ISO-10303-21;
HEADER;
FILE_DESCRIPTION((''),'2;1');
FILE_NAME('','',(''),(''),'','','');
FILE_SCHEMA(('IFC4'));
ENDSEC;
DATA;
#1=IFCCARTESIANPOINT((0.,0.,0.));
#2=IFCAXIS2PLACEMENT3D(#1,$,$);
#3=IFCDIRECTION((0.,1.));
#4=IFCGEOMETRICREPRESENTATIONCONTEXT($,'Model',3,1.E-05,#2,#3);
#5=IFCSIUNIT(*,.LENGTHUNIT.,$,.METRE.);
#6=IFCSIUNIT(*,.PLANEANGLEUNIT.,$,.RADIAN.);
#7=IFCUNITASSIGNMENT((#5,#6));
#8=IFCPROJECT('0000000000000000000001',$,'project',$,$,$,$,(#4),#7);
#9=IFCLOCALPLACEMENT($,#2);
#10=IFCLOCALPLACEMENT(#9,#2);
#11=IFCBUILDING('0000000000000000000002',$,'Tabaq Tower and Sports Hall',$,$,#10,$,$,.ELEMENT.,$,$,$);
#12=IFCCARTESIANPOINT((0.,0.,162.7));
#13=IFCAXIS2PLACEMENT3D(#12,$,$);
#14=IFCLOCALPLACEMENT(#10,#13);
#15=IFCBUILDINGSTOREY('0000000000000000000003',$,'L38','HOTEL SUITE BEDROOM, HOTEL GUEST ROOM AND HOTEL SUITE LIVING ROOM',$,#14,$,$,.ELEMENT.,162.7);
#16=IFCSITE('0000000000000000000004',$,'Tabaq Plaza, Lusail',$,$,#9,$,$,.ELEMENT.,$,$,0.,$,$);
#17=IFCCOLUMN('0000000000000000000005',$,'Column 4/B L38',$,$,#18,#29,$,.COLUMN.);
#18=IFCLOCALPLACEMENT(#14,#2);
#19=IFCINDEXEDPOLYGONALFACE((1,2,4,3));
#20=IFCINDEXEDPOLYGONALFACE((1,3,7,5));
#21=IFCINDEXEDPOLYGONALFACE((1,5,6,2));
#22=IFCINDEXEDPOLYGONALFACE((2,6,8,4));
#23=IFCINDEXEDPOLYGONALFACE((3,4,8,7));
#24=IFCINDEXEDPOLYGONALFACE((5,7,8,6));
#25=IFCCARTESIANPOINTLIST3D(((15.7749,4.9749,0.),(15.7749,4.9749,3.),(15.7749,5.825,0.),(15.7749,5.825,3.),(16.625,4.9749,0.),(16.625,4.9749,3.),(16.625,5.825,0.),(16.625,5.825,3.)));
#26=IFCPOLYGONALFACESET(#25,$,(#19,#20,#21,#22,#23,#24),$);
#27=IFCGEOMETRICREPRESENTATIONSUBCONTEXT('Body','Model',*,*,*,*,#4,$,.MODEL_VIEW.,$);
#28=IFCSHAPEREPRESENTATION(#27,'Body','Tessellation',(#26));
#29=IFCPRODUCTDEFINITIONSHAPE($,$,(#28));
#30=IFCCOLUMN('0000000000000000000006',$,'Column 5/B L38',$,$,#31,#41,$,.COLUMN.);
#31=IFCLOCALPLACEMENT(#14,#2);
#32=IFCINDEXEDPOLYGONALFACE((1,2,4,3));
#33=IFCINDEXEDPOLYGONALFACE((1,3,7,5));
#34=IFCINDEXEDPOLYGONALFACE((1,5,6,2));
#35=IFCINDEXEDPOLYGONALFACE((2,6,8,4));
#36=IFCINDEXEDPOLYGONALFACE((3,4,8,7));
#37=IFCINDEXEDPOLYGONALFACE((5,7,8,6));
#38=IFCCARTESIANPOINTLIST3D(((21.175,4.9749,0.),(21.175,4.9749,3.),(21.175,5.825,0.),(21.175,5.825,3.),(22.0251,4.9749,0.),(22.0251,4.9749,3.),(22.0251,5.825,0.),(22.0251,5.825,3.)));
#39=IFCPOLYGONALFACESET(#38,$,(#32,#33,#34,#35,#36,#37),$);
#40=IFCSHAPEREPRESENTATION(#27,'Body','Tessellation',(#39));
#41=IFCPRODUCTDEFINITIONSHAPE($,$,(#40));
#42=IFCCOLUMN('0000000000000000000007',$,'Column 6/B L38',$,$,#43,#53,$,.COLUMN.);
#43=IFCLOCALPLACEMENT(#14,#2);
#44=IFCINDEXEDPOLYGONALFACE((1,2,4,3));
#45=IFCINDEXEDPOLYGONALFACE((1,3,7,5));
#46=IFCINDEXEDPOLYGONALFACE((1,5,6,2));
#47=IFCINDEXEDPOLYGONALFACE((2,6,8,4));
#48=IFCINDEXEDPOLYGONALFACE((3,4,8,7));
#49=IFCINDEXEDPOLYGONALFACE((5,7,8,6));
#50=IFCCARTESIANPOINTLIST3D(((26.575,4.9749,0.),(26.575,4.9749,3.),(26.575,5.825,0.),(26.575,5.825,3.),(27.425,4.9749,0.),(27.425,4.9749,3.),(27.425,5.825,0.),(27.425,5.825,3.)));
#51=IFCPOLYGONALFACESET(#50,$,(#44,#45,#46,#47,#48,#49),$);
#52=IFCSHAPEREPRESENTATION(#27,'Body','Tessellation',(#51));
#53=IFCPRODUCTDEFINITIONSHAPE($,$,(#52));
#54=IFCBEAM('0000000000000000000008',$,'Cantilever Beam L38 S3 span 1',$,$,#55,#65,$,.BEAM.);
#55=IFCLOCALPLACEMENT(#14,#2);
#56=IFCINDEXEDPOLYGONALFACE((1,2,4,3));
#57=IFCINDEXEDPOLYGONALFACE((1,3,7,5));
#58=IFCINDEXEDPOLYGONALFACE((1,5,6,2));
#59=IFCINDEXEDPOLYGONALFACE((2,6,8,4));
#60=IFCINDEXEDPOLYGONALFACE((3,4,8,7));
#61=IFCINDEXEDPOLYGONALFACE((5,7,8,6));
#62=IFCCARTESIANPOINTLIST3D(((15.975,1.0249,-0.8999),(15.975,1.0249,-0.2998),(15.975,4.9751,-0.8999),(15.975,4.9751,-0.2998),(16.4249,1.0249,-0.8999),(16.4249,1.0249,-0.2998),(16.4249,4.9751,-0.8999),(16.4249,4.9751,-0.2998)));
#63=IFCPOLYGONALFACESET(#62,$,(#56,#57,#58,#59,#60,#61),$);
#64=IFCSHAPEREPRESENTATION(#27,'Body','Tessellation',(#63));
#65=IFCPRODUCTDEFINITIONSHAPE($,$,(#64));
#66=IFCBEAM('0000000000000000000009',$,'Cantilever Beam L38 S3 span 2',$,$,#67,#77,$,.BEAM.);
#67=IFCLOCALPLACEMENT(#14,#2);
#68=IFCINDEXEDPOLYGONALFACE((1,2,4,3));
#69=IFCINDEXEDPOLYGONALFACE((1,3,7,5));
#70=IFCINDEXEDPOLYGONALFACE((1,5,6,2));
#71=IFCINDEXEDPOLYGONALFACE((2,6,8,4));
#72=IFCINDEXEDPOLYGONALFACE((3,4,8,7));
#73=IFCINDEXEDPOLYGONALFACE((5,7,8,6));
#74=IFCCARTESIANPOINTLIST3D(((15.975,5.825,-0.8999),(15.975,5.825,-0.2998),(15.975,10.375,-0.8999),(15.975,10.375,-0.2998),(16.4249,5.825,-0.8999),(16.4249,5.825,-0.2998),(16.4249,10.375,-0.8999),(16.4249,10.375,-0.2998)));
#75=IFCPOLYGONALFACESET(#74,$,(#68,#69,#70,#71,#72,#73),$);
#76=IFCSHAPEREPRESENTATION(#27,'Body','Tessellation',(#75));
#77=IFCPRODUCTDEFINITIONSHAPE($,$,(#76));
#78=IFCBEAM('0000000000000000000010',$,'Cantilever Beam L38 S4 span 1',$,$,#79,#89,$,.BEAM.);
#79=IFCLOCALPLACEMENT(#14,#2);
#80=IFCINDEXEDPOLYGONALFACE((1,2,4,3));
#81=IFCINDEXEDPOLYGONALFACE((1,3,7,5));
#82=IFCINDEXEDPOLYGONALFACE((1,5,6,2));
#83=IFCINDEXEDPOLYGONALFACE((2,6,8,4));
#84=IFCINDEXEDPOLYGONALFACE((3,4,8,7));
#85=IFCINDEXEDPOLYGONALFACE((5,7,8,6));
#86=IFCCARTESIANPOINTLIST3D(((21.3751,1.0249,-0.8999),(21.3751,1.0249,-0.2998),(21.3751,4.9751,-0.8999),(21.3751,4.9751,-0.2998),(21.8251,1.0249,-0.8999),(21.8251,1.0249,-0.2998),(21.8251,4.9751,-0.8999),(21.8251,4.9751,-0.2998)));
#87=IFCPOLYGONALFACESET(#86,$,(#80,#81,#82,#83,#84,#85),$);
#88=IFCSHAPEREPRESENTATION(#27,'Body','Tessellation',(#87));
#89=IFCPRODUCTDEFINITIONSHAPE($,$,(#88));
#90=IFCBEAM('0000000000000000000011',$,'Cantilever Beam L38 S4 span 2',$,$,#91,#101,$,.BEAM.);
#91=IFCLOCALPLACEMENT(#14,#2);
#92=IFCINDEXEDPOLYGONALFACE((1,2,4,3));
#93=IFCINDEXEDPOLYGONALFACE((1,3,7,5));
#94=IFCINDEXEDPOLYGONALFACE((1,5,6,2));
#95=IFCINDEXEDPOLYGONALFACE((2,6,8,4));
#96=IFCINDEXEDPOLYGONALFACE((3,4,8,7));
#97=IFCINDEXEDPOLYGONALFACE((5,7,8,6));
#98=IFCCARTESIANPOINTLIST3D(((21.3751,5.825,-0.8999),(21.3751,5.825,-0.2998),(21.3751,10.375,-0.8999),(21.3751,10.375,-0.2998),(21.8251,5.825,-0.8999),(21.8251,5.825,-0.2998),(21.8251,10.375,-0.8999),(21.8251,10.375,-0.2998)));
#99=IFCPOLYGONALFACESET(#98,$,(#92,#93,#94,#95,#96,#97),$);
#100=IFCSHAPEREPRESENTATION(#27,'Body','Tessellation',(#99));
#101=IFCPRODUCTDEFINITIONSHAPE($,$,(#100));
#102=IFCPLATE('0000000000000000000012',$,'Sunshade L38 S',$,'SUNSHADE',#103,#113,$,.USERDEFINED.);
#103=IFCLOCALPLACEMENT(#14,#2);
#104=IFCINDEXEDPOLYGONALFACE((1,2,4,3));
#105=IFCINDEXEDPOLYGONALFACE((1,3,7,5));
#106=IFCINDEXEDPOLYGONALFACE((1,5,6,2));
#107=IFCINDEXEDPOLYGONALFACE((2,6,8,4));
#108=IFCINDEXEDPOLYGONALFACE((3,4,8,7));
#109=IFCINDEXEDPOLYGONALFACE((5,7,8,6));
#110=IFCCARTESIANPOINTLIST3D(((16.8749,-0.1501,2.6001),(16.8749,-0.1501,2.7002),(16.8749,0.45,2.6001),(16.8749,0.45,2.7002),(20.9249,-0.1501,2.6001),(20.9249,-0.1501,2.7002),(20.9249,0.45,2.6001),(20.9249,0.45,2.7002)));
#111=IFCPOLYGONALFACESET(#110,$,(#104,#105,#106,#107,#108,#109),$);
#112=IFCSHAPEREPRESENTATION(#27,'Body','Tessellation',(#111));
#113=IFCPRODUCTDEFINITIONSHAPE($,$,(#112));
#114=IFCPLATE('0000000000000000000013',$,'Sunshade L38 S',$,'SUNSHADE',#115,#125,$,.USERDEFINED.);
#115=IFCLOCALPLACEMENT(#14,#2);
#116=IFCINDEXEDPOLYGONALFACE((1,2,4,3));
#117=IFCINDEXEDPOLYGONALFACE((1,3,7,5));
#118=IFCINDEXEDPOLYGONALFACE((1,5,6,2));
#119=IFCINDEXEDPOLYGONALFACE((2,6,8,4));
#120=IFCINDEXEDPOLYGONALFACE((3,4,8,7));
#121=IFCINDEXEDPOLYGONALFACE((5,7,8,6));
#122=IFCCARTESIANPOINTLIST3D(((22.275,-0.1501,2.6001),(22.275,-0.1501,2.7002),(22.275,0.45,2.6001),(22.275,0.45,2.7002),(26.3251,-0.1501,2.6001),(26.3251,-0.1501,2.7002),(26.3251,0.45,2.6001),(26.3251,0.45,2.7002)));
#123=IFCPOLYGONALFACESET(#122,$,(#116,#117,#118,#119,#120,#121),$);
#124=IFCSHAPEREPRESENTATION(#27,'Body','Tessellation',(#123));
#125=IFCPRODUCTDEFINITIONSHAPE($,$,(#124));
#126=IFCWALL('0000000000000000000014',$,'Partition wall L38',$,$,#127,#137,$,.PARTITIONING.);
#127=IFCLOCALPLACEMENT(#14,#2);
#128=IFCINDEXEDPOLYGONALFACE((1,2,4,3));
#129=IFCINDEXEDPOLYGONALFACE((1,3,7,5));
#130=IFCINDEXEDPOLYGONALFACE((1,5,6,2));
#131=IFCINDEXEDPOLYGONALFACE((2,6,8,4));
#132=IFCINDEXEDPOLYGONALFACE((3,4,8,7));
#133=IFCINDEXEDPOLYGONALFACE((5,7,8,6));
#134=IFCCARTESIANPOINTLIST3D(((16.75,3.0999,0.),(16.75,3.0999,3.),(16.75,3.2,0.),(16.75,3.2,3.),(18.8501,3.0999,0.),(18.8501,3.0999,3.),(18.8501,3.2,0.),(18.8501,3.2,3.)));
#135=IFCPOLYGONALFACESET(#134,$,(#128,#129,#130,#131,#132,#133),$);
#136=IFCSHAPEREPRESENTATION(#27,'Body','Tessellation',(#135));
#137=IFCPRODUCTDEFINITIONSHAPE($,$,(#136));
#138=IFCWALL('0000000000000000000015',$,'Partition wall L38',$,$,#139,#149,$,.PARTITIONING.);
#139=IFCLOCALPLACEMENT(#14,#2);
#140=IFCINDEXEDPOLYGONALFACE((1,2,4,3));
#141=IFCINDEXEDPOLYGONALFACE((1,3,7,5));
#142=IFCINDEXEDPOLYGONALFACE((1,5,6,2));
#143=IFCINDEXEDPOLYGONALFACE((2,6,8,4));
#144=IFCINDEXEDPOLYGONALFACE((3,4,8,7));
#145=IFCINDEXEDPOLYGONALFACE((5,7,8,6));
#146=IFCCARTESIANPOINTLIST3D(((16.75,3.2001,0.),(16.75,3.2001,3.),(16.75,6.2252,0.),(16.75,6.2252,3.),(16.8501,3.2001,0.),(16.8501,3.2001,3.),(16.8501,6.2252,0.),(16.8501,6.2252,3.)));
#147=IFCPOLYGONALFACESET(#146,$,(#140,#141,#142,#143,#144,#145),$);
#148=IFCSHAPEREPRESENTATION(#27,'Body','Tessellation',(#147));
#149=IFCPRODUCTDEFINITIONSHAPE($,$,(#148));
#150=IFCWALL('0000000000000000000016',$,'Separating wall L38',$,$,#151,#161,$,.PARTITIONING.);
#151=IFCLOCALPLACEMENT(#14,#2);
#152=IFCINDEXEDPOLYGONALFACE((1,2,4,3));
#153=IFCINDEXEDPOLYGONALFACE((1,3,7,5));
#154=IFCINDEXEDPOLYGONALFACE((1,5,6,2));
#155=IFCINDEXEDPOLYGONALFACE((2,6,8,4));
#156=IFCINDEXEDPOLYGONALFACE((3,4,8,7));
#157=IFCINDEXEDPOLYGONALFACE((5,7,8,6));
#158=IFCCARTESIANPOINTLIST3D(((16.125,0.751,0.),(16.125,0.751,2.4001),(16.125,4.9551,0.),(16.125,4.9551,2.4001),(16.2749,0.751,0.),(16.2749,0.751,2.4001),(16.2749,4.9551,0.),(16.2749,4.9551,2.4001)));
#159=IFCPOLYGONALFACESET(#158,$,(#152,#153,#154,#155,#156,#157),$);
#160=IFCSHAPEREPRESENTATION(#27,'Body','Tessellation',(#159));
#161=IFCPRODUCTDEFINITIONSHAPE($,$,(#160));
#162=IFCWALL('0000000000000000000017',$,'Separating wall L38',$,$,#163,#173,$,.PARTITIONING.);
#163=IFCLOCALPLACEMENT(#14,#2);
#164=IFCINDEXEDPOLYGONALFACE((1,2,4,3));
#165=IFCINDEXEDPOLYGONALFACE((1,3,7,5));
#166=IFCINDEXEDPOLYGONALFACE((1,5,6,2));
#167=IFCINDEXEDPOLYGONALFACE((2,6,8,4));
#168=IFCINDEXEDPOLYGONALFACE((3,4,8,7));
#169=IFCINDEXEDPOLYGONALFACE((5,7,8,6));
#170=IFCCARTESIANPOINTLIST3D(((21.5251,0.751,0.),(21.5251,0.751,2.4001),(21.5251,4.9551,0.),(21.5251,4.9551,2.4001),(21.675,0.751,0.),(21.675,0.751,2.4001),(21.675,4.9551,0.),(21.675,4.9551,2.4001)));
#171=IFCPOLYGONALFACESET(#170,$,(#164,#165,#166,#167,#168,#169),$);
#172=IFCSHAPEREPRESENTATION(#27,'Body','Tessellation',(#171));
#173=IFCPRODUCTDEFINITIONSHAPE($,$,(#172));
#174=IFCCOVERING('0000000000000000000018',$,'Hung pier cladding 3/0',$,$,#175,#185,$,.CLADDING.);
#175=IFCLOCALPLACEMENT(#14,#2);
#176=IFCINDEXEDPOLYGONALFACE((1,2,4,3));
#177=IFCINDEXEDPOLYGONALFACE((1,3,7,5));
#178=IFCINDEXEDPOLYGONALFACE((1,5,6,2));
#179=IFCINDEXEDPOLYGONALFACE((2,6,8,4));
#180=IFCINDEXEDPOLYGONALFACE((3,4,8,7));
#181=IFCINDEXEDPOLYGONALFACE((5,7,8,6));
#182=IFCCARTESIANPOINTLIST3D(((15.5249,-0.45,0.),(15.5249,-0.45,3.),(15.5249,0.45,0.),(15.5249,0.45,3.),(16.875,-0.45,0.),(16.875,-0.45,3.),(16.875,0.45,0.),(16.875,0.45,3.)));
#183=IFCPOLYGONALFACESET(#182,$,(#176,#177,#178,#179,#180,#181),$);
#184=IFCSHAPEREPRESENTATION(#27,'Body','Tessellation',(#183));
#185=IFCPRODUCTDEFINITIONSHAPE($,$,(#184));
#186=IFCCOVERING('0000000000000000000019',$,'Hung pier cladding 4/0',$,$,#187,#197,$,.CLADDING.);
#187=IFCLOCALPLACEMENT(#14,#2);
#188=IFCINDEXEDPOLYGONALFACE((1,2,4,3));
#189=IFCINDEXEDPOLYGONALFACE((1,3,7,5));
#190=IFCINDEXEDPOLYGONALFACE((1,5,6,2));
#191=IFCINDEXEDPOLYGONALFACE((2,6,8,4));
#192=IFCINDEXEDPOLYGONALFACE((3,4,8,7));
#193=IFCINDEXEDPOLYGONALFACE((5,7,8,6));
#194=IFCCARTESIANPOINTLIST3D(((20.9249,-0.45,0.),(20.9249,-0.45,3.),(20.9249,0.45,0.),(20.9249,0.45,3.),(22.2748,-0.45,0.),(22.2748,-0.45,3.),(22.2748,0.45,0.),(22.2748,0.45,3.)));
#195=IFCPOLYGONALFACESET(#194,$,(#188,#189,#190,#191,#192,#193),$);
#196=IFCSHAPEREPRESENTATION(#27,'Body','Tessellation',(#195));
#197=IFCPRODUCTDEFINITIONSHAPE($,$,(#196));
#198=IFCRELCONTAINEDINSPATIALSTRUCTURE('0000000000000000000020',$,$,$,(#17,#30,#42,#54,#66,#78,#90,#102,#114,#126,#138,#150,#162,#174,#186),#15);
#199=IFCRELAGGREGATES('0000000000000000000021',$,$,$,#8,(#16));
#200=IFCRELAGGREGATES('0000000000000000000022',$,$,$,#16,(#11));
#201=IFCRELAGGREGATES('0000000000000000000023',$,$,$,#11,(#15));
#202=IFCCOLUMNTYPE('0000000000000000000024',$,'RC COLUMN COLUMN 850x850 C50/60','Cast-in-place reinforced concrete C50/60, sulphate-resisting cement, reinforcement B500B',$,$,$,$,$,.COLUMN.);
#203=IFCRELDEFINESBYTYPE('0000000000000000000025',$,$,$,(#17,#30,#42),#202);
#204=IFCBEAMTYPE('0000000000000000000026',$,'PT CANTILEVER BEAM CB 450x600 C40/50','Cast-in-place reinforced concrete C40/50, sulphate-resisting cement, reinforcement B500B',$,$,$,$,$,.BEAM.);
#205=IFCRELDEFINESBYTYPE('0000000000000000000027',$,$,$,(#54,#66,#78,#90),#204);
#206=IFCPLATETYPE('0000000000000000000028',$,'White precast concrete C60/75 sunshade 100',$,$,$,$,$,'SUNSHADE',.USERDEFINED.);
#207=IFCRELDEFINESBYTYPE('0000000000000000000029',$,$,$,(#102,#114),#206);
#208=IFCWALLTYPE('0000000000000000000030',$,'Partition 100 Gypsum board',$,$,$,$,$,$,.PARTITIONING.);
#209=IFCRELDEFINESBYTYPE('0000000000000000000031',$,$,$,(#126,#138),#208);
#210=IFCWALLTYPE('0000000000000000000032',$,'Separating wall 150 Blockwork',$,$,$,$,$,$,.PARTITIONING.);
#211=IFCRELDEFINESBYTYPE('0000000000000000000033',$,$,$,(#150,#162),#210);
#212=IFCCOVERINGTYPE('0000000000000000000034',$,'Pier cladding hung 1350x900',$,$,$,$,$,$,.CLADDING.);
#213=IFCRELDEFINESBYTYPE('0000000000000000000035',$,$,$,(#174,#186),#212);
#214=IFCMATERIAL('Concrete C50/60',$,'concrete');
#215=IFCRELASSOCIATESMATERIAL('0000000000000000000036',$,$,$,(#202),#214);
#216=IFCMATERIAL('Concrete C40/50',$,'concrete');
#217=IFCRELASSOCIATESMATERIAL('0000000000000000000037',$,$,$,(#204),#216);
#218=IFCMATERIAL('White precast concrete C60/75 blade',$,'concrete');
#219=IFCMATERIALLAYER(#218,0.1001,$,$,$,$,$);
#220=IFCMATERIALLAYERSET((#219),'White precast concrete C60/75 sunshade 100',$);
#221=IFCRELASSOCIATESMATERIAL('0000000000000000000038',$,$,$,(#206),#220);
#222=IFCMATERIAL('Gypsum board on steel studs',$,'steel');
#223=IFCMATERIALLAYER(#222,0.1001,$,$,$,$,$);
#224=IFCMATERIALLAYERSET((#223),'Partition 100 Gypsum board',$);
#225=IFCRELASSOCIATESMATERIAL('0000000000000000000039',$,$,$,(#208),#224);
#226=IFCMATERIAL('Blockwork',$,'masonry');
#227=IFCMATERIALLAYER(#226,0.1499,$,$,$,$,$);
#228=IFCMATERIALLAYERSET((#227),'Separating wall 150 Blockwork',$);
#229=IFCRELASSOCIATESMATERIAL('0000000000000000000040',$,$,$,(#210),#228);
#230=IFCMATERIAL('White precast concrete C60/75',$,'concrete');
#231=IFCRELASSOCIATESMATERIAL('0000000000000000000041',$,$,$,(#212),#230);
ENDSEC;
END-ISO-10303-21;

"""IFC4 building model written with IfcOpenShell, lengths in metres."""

from ifc_helpers import new_model, si_unit, direction, frame, frame_2d, origin, origin_2d, place, context, subcontext, project, spatial, rectangle, extrude, material, layer, layer_set, material_profile, profile_set, type_object, element, save


model = new_model("IFC4")

# Units and contexts
model_context = context("Model", 3, precision=1e-05, world=origin(), true_north=direction((0.0, 1.0)))
body_context = subcontext(model_context, "Body", "Model", "MODEL_VIEW")
ifc_project = project(units=[si_unit("LENGTHUNIT", "METRE"), si_unit("PLANEANGLEUNIT", "RADIAN")], contexts=[model_context])

# Site, building, storey
site_placement = place(None, origin())
site = spatial("IfcSite", under=ifc_project, at=site_placement, Name="Tabaq Plaza, Lusail", CompositionType="ELEMENT", RefElevation=0.0)
building_placement = place(site_placement, origin())
building = spatial("IfcBuilding", under=site, at=building_placement, Name="Tabaq Tower and Sports Hall", CompositionType="ELEMENT")
storey_placement = place(building_placement, frame((0.0, 0.0, 162.7)))
storey = spatial("IfcBuildingStorey", under=building, at=storey_placement, Name="L38", Description="HOTEL SUITE BEDROOM, HOTEL GUEST ROOM AND HOTEL SUITE LIVING ROOM", CompositionType="ELEMENT", Elevation=162.7)

# Columns
ifc_material_1 = material(Name="Concrete C50/60", Category="concrete")
ifc_material_profile_1 = material_profile(ifc_material_1, rectangle(XDim=0.8501, YDim=0.8501, at=origin_2d()), Name="COLUMN 850x850")
ifc_profile_set_1 = profile_set([ifc_material_profile_1], Name="Concrete C50/60")
column_type = type_object("IfcColumnType", Name="RC COLUMN COLUMN 850x850 C50/60", Description="Cast-in-place reinforced concrete C50/60, sulphate-resisting cement, reinforcement B500B", PredefinedType="COLUMN", material=ifc_profile_set_1)
for number, where, z_axis, x_axis, name in (
    (1, (16.2, 5.3999, 0.0), (0.0, 0.0, 1.0), (1.0, 0.0, 0.0), "Column 4/B L38"),
    (2, (21.6001, 5.3999, 0.0), (0.0, 0.0, 1.0), (1.0, 0.0, 0.0), "Column 5/B L38"),
    (3, (27.0, 5.3999, 0.0), (0.0, 0.0, 1.0), (1.0, 0.0, 0.0), "Column 6/B L38"),
):
    element("IfcColumn", number, at=place(storey_placement, frame(where, z_axis=z_axis, x_axis=x_axis)), inside=storey, type_object=column_type, Name=name, PredefinedType="COLUMN", context=body_context, shape_type="SweptSolid", body=[
        extrude(rectangle(XDim=0.8501, YDim=0.8501, at=origin_2d()), origin(), (0.0, 0.0, 1.0), 3.0),
    ])

# Beams
ifc_material_2 = material(Name="Concrete C40/50", Category="concrete")
ifc_material_profile_2 = material_profile(ifc_material_2, rectangle(XDim=0.45, YDim=0.6001, at=origin_2d()), Name="CB 450x600")
ifc_profile_set_2 = profile_set([ifc_material_profile_2], Name="Concrete C40/50")
beam_type = type_object("IfcBeamType", Name="PT CANTILEVER BEAM CB 450x600 C40/50", Description="Cast-in-place reinforced concrete C40/50, sulphate-resisting cement, reinforcement B500B", PredefinedType="BEAM", material=ifc_profile_set_2)
beam_1_placement = place(storey_placement, frame((16.2, 1.0249, -0.5999), z_axis=(0.0, 1.0, 0.0), x_axis=(-1.0, 0.0, 0.0)))
element("IfcBeam", 4, at=beam_1_placement, inside=storey, type_object=beam_type, Name="Cantilever Beam L38 S3 span 1", PredefinedType="BEAM", context=body_context, shape_type="SweptSolid", body=[
    extrude(rectangle(XDim=0.45, YDim=0.6001, at=origin_2d()), origin(), (0.0, 0.0, 1.0), 3.9502),
])
beam_2_placement = place(storey_placement, frame((16.2, 5.825, -0.5999), z_axis=(0.0, 1.0, 0.0), x_axis=(-1.0, 0.0, 0.0)))
element("IfcBeam", 5, at=beam_2_placement, inside=storey, type_object=beam_type, Name="Cantilever Beam L38 S3 span 2", PredefinedType="BEAM", context=body_context, shape_type="SweptSolid", body=[
    extrude(rectangle(XDim=0.45, YDim=0.6001, at=origin_2d()), origin(), (0.0, 0.0, 1.0), 4.55),
])
beam_3_placement = place(storey_placement, frame((21.6001, 1.0249, -0.5999), z_axis=(0.0, 1.0, 0.0), x_axis=(-1.0, 0.0, 0.0)))
element("IfcBeam", 6, at=beam_3_placement, inside=storey, type_object=beam_type, Name="Cantilever Beam L38 S4 span 1", PredefinedType="BEAM", context=body_context, shape_type="SweptSolid", body=[
    extrude(rectangle(XDim=0.45, YDim=0.6001, at=origin_2d()), origin(), (0.0, 0.0, 1.0), 3.9502),
])
beam_4_placement = place(storey_placement, frame((21.6001, 5.825, -0.5999), z_axis=(0.0, 1.0, 0.0), x_axis=(-1.0, 0.0, 0.0)))
element("IfcBeam", 7, at=beam_4_placement, inside=storey, type_object=beam_type, Name="Cantilever Beam L38 S4 span 2", PredefinedType="BEAM", context=body_context, shape_type="SweptSolid", body=[
    extrude(rectangle(XDim=0.45, YDim=0.6001, at=origin_2d()), origin(), (0.0, 0.0, 1.0), 4.55),
])

# Plates
ifc_material_3 = material(Name="White precast concrete C60/75 blade", Category="concrete")
ifc_layer_1 = layer(ifc_material_3, 0.1001)
ifc_layer_set_1 = layer_set([ifc_layer_1], Name="White precast concrete C60/75 sunshade 100")
plate_type = type_object("IfcPlateType", Name="White precast concrete C60/75 sunshade 100", ElementType="SUNSHADE", PredefinedType="USERDEFINED", material=ifc_layer_set_1)
for number, where, z_axis, x_axis, name in (
    (8, (18.8999, 0.1499, 2.6001), (0.0, 0.0, 1.0), (1.0, 0.0, 0.0), "Sunshade L38 S"),
    (9, (24.3, 0.1499, 2.6001), (0.0, 0.0, 1.0), (1.0, 0.0, 0.0), "Sunshade L38 S"),
):
    element("IfcPlate", number, at=place(storey_placement, frame(where, z_axis=z_axis, x_axis=x_axis)), inside=storey, type_object=plate_type, Name=name, ObjectType="SUNSHADE", PredefinedType="USERDEFINED", context=body_context, shape_type="SweptSolid", body=[
        extrude(rectangle(XDim=4.05, YDim=0.6001, at=origin_2d()), origin(), (0.0, 0.0, 1.0), 0.1001),
    ])

# Walls
ifc_material_4 = material(Name="Gypsum board on steel studs", Category="steel")
ifc_layer_2 = layer(ifc_material_4, 0.1001)
ifc_layer_set_2 = layer_set([ifc_layer_2], Name="Partition 100 Gypsum board")
wall_type_1 = type_object("IfcWallType", Name="Partition 100 Gypsum board", PredefinedType="PARTITIONING", material=ifc_layer_set_2)
wall_1_placement = place(storey_placement, frame((18.8501, 3.1499, 0.0), z_axis=(0.0, 0.0, 1.0), x_axis=(-1.0, 0.0, 0.0)))
element("IfcWall", 10, at=wall_1_placement, inside=storey, type_object=wall_type_1, Name="Partition wall L38", PredefinedType="PARTITIONING", context=body_context, shape_type="SweptSolid", body=[
    extrude(rectangle(XDim=2.1001, YDim=0.1001, at=frame_2d((1.05, 0.0))), origin(), (0.0, 0.0, 1.0), 3.0),
])
wall_2_placement = place(storey_placement, frame((16.8, 3.2, 0.0), z_axis=(0.0, 0.0, 1.0), x_axis=(0.0, 1.0, 0.0)))
element("IfcWall", 11, at=wall_2_placement, inside=storey, type_object=wall_type_1, Name="Partition wall L38", PredefinedType="PARTITIONING", context=body_context, shape_type="SweptSolid", body=[
    extrude(rectangle(XDim=3.0251, YDim=0.1001, at=frame_2d((1.5127, 0.0))), origin(), (0.0, 0.0, 1.0), 3.0),
])
ifc_material_5 = material(Name="Blockwork", Category="masonry")
ifc_layer_3 = layer(ifc_material_5, 0.1499)
ifc_layer_set_3 = layer_set([ifc_layer_3], Name="Separating wall 150 Blockwork")
wall_type_2 = type_object("IfcWallType", Name="Separating wall 150 Blockwork", PredefinedType="PARTITIONING", material=ifc_layer_set_3)
for number, where, z_axis, x_axis, name in (
    (12, (16.2, 0.751, 0.0), (0.0, 0.0, 1.0), (0.0, 1.0, 0.0), "Separating wall L38"),
    (13, (21.6001, 0.751, 0.0), (0.0, 0.0, 1.0), (0.0, 1.0, 0.0), "Separating wall L38"),
):
    element("IfcWall", number, at=place(storey_placement, frame(where, z_axis=z_axis, x_axis=x_axis)), inside=storey, type_object=wall_type_2, Name=name, PredefinedType="PARTITIONING", context=body_context, shape_type="SweptSolid", body=[
        extrude(rectangle(XDim=4.2041, YDim=0.1499, at=frame_2d((2.1021, 0.0))), origin(), (0.0, 0.0, 1.0), 2.4001),
    ])

# Coverings
ifc_material_6 = material(Name="White precast concrete C60/75", Category="concrete")
covering_type_1 = type_object("IfcCoveringType", Name="Pier cladding hung 1350x900", PredefinedType="CLADDING", material=ifc_material_6)
covering_1_placement = place(storey_placement, frame((15.5249, 0.0, 0.0), z_axis=(0.0, 0.0, 1.0), x_axis=(1.0, 0.0, 0.0)))
element("IfcCovering", 14, at=covering_1_placement, inside=storey, type_object=covering_type_1, Name="Hung pier cladding 3/0", PredefinedType="CLADDING", context=body_context, shape_type="SweptSolid", body=[
    extrude(rectangle(XDim=1.3501, YDim=0.8999, at=frame_2d((0.675, 0.0))), origin(), (0.0, 0.0, 1.0), 3.0),
])
covering_2_placement = place(storey_placement, frame((20.925, 0.0, 0.0), z_axis=(0.0, 0.0, 1.0), x_axis=(1.0, 0.0, 0.0)))
element("IfcCovering", 15, at=covering_2_placement, inside=storey, type_object=covering_type_1, Name="Hung pier cladding 4/0", PredefinedType="CLADDING", context=body_context, shape_type="SweptSolid", body=[
    extrude(rectangle(XDim=1.3499, YDim=0.8999, at=frame_2d((0.6748, 0.0))), origin(), (0.0, 0.0, 1.0), 3.0),
])

save(model, "model.ifc")
